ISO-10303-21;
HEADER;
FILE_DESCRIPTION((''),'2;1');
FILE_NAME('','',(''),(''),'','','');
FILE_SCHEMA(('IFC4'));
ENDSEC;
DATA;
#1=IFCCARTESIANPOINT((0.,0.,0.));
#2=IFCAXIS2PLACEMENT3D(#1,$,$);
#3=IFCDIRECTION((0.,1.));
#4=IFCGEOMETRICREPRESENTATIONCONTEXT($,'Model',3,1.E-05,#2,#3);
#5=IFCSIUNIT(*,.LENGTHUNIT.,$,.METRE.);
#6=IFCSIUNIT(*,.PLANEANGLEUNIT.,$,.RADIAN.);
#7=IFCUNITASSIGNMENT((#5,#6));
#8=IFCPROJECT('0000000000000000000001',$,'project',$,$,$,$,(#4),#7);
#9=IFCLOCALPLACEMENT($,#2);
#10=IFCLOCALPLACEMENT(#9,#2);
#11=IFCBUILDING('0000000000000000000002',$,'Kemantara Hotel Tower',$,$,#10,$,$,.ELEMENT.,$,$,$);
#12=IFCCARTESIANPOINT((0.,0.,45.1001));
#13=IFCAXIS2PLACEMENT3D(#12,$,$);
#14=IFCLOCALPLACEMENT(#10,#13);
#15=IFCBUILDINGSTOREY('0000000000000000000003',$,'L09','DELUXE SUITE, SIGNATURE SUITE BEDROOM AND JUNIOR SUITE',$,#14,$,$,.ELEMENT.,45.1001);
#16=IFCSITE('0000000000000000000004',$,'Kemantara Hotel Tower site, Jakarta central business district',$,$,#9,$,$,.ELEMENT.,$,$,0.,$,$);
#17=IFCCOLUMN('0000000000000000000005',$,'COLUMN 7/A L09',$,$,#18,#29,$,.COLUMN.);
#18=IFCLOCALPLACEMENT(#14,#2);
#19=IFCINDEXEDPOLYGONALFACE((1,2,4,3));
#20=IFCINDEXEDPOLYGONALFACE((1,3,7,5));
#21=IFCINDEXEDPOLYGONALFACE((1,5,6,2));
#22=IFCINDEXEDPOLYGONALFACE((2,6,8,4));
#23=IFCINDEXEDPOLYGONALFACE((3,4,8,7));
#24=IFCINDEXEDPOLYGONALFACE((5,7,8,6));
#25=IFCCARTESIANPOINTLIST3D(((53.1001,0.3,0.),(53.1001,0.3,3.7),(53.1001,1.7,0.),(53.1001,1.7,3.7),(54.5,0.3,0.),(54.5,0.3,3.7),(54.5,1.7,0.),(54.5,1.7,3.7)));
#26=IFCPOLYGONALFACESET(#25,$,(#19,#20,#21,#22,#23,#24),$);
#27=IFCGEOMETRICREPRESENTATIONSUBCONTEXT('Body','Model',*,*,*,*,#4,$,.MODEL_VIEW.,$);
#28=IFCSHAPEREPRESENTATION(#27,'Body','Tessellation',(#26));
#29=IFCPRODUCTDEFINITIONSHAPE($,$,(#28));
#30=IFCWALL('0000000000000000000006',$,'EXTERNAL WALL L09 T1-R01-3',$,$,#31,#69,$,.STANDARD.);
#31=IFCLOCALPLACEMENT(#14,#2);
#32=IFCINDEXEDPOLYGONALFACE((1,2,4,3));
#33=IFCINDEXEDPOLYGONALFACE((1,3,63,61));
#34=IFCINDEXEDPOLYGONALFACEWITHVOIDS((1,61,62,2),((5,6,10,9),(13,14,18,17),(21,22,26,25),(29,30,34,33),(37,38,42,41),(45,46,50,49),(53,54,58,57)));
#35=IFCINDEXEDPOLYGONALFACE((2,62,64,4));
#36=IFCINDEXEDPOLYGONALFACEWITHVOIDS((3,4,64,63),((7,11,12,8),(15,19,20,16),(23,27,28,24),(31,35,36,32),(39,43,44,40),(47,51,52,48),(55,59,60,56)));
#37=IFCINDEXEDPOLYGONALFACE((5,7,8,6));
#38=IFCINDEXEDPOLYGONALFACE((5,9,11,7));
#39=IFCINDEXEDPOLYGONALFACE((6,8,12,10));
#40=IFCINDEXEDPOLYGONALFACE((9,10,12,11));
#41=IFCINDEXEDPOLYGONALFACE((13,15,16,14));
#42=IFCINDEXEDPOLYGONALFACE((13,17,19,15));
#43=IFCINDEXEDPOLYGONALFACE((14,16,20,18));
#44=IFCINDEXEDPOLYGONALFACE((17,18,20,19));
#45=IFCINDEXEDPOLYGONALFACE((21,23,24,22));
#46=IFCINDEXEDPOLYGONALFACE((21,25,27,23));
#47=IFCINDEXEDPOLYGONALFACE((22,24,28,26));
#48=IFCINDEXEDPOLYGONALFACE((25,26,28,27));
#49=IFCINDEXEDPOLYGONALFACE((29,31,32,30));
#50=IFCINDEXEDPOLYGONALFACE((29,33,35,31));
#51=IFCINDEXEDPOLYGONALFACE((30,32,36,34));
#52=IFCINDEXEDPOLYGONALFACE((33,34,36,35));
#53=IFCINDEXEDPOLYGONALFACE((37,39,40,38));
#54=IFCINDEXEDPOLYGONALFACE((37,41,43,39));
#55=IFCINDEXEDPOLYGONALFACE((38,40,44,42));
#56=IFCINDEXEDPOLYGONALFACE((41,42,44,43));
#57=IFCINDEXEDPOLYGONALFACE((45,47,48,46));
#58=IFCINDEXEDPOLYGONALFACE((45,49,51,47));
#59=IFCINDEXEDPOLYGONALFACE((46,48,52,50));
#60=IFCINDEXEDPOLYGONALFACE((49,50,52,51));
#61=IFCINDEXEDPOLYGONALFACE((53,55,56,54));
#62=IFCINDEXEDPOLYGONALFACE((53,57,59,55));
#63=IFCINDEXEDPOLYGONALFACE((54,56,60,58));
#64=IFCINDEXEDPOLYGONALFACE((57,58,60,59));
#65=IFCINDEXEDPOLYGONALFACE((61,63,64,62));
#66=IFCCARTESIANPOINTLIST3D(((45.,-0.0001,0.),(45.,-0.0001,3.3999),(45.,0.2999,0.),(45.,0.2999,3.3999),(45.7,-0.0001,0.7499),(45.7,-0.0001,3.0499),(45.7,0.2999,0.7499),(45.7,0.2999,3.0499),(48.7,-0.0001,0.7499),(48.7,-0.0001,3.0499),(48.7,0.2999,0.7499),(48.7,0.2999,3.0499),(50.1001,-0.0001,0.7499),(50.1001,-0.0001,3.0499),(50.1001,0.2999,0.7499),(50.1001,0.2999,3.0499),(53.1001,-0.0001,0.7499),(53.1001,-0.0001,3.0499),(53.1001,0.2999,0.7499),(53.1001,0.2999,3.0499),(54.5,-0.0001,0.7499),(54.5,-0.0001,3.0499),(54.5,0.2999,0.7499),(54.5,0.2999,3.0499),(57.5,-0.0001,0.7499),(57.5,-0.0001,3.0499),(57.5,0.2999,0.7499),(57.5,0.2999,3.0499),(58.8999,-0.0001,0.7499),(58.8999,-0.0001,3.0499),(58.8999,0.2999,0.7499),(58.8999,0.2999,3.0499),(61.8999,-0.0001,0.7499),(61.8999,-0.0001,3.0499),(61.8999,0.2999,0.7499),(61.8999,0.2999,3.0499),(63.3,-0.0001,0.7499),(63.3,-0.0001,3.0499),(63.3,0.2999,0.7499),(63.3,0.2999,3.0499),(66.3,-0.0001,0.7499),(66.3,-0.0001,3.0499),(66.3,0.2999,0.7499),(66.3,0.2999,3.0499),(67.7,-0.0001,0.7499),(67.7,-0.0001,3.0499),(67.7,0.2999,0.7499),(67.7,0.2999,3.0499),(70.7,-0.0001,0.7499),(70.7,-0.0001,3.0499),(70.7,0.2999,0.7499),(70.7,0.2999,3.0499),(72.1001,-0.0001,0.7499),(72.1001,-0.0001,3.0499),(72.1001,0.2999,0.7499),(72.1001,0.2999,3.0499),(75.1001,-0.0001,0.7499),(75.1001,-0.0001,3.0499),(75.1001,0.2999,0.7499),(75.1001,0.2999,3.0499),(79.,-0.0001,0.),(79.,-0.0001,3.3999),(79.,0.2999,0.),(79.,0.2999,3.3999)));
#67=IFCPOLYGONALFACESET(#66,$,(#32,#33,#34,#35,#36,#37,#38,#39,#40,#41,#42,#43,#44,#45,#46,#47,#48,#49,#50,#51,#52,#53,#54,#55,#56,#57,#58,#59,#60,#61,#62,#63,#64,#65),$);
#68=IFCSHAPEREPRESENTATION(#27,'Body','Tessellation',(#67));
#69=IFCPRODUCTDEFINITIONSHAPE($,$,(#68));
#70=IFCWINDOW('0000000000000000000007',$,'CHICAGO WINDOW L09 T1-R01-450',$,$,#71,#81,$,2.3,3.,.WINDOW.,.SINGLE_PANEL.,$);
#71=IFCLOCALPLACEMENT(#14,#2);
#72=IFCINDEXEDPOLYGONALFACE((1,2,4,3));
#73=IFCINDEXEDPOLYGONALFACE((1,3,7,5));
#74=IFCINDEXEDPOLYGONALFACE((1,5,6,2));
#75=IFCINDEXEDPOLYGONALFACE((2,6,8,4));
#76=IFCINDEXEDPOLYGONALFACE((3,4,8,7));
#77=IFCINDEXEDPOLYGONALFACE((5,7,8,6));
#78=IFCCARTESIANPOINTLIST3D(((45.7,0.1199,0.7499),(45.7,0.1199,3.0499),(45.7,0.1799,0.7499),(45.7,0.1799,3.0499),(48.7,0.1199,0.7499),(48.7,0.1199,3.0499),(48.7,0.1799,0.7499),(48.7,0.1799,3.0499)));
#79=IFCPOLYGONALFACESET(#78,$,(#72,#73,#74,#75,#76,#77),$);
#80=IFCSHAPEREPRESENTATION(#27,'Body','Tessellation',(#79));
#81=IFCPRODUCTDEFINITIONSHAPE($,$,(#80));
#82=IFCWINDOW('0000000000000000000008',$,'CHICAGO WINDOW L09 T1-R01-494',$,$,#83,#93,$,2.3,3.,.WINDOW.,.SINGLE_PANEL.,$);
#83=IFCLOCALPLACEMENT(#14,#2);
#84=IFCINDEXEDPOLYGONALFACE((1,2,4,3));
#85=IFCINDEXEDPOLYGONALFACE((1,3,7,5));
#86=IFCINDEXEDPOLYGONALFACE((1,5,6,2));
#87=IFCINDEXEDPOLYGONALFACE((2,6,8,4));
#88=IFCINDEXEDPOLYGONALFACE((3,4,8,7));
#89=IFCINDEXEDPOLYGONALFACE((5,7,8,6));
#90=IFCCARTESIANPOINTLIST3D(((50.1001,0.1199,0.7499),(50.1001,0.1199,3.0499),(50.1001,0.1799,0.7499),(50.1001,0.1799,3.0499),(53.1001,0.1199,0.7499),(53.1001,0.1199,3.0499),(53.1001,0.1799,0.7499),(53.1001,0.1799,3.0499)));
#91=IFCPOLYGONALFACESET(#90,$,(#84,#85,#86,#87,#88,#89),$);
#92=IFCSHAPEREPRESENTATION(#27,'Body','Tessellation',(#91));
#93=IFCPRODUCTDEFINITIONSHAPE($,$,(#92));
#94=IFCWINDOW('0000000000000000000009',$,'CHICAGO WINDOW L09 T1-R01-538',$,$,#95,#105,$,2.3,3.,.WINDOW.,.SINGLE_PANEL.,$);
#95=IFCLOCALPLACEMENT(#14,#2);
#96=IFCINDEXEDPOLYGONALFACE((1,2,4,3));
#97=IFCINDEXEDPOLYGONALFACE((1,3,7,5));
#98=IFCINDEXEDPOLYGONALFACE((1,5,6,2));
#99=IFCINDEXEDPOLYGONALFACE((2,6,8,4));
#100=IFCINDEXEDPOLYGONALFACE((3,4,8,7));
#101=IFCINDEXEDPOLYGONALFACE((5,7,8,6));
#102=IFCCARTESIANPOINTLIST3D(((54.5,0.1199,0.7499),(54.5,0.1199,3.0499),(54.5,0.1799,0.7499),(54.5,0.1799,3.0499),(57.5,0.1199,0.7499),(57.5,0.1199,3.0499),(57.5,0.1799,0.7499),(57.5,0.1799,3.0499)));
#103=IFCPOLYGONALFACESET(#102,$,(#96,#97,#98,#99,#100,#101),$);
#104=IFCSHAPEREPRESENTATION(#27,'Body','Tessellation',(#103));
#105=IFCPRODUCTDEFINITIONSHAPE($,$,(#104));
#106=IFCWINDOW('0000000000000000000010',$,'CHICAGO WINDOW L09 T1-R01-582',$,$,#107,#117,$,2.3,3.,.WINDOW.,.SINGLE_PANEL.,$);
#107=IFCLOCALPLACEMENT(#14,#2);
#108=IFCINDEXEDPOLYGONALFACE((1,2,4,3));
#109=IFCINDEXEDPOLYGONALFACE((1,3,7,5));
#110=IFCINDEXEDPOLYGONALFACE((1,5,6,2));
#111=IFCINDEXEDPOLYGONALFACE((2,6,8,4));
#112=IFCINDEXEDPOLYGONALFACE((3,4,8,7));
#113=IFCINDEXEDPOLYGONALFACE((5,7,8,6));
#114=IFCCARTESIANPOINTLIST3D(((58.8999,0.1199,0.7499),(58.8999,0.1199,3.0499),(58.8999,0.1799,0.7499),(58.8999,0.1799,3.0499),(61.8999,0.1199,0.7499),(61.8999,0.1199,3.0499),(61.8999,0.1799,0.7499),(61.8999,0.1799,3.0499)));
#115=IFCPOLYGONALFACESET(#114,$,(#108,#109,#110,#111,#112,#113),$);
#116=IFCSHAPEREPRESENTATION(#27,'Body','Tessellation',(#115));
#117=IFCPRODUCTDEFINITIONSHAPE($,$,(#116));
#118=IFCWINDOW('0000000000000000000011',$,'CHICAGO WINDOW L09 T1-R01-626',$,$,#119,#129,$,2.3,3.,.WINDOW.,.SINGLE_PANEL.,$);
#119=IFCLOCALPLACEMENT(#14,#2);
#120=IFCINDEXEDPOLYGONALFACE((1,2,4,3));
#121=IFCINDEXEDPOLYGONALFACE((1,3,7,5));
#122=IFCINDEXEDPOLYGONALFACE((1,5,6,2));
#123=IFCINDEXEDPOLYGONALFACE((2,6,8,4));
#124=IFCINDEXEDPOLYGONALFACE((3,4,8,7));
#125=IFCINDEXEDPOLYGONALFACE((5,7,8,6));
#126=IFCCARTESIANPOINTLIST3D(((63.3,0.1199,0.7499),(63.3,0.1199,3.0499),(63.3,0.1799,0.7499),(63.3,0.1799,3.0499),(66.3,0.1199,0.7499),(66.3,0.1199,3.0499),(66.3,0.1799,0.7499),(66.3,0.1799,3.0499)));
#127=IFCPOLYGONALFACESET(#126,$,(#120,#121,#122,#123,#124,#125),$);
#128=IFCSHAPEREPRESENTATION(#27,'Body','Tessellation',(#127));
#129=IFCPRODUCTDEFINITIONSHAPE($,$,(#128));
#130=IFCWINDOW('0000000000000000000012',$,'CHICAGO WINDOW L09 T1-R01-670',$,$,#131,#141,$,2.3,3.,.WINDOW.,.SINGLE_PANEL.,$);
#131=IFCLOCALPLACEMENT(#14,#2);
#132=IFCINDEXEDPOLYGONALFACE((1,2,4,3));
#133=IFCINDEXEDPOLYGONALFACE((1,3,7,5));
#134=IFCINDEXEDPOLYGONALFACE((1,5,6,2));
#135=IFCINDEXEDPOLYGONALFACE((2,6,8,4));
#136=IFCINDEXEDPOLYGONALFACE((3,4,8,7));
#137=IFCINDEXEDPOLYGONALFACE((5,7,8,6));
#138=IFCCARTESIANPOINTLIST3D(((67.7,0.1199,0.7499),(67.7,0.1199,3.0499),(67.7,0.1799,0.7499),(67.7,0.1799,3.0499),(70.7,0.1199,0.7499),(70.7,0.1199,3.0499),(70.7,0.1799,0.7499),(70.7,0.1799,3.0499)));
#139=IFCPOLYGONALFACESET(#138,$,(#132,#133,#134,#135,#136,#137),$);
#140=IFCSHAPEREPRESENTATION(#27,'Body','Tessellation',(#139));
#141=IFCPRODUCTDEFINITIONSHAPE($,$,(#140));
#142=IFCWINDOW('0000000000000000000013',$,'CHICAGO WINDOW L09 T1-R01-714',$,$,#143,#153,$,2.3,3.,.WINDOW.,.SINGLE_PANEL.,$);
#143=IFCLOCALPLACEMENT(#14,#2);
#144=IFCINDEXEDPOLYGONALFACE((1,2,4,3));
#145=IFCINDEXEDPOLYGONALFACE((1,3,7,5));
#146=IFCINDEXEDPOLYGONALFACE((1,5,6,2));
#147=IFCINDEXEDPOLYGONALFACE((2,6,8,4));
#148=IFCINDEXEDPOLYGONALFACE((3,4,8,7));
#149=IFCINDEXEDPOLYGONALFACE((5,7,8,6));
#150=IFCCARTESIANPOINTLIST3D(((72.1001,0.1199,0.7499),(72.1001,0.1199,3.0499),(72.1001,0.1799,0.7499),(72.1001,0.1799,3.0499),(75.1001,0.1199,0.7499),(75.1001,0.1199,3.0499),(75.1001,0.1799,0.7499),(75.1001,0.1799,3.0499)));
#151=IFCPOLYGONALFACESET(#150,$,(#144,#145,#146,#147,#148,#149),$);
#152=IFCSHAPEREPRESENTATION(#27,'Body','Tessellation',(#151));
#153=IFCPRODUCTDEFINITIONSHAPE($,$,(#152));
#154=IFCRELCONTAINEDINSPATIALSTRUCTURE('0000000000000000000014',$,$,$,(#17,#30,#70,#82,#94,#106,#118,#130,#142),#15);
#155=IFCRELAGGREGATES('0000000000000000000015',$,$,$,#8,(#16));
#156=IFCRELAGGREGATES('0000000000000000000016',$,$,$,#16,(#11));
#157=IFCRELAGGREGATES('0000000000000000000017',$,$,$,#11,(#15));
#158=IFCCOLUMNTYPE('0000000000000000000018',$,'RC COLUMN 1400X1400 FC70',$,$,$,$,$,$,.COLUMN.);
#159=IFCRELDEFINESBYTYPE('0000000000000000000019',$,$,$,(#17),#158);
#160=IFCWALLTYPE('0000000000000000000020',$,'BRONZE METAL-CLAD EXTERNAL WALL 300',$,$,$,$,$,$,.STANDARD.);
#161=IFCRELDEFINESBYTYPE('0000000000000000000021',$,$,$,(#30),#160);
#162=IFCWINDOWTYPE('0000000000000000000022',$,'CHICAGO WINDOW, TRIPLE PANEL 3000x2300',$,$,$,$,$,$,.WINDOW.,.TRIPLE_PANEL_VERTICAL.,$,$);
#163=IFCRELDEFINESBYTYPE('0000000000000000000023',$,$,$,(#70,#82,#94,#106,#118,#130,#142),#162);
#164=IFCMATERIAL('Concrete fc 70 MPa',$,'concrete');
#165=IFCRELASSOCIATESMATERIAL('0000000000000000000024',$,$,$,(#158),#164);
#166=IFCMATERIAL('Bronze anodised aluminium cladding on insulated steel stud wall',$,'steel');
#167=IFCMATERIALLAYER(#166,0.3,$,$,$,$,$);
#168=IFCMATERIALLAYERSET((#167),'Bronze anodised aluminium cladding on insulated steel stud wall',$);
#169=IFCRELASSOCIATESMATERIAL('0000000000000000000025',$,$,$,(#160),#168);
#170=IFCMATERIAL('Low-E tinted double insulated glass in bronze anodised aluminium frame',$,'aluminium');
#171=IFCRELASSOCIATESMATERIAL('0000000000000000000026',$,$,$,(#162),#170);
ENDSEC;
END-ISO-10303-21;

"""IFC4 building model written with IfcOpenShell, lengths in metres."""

from ifc_helpers import new_model, si_unit, direction, frame, frame_2d, origin, origin_2d, place, context, subcontext, project, spatial, rectangle, extrude, material, layer, layer_set, material_profile, profile_set, type_object, element, fill, save


model = new_model("IFC4")

# Units and contexts
model_context = context("Model", 3, precision=1e-05, world=origin(), true_north=direction((0.0, 1.0)))
body_context = subcontext(model_context, "Body", "Model", "MODEL_VIEW")
ifc_project = project(units=[si_unit("LENGTHUNIT", "METRE"), si_unit("PLANEANGLEUNIT", "RADIAN")], contexts=[model_context])

# Site, building, storey
site_placement = place(None, origin())
site = spatial("IfcSite", under=ifc_project, at=site_placement, Name="Kemantara Hotel Tower site, Jakarta central business district", CompositionType="ELEMENT", RefElevation=0.0)
building_placement = place(site_placement, origin())
building = spatial("IfcBuilding", under=site, at=building_placement, Name="Kemantara Hotel Tower", CompositionType="ELEMENT")
storey_placement = place(building_placement, frame((0.0, 0.0, 45.1001)))
storey = spatial("IfcBuildingStorey", under=building, at=storey_placement, Name="L09", Description="DELUXE SUITE, SIGNATURE SUITE BEDROOM AND JUNIOR SUITE", CompositionType="ELEMENT", Elevation=45.1001)

# Column
ifc_material_1 = material(Name="Concrete fc 70 MPa", Category="concrete")
ifc_material_profile = material_profile(ifc_material_1, rectangle(XDim=1.3999, YDim=1.3999, at=origin_2d()), Name="RC 1400X1400")
ifc_profile_set = profile_set([ifc_material_profile], Name="Concrete fc 70 MPa")
column_type = type_object("IfcColumnType", Name="RC COLUMN 1400X1400 FC70", PredefinedType="COLUMN", material=ifc_profile_set)
column_placement = place(storey_placement, frame((53.8, 1.0, 0.0), z_axis=(0.0, 0.0, 1.0), x_axis=(1.0, 0.0, 0.0)))
element("IfcColumn", 1, at=column_placement, inside=storey, type_object=column_type, Name="COLUMN 7/A L09", PredefinedType="COLUMN", context=body_context, shape_type="SweptSolid", body=[
    extrude(rectangle(XDim=1.3999, YDim=1.3999, at=origin_2d()), origin(), (0.0, 0.0, 1.0), 3.7),
])

# Wall, openings, windows
ifc_material_2 = material(Name="Bronze anodised aluminium cladding on insulated steel stud wall", Category="steel")
ifc_layer_1 = layer(ifc_material_2, 0.3)
ifc_layer_set_1 = layer_set([ifc_layer_1], Name="Bronze anodised aluminium cladding on insulated steel stud wall")
wall_type_1 = type_object("IfcWallType", Name="BRONZE METAL-CLAD EXTERNAL WALL 300", PredefinedType="STANDARD", material=ifc_layer_set_1)
wall_1_placement = place(storey_placement, frame((45.0, 0.1499, 0.0), z_axis=(0.0, 0.0, 1.0), x_axis=(1.0, 0.0, 0.0)))
wall_1 = element("IfcWall", 2, at=wall_1_placement, inside=storey, type_object=wall_type_1, Name="EXTERNAL WALL L09 T1-R01-3", PredefinedType="STANDARD", context=body_context, shape_type="SweptSolid", body=[
    extrude(rectangle(XDim=34.0, YDim=0.3, at=frame_2d((17.0, 0.0))), origin(), (0.0, 0.0, 1.0), 3.3999),
])
opening_1_placement = place(wall_1_placement, frame((0.7, 0.0, 0.75)))
opening_1 = element("IfcOpeningElement", 3, at=opening_1_placement, cuts=wall_1, PredefinedType="OPENING", context=body_context, shape_type="SweptSolid", body=[
    extrude(rectangle(XDim=3.0, YDim=2.3, at=frame_2d((1.5, 1.1499))), frame((0.0, 0.1599, 0.0), z_axis=(0.0, -1.0, 0.0), x_axis=(1.0, 0.0, 0.0)), (0.0, 0.0, 1.0), 0.3201),
])
opening_2_placement = place(wall_1_placement, frame((5.1001, 0.0, 0.75)))
opening_2 = element("IfcOpeningElement", 4, at=opening_2_placement, cuts=wall_1, PredefinedType="OPENING", context=body_context, shape_type="SweptSolid", body=[
    extrude(rectangle(XDim=3.0, YDim=2.3, at=frame_2d((1.5, 1.1499))), frame((0.0, 0.1599, 0.0), z_axis=(0.0, -1.0, 0.0), x_axis=(1.0, 0.0, 0.0)), (0.0, 0.0, 1.0), 0.3201),
])
opening_3_placement = place(wall_1_placement, frame((9.5, 0.0, 0.75)))
opening_3 = element("IfcOpeningElement", 5, at=opening_3_placement, cuts=wall_1, PredefinedType="OPENING", context=body_context, shape_type="SweptSolid", body=[
    extrude(rectangle(XDim=3.0, YDim=2.3, at=frame_2d((1.5, 1.1499))), frame((0.0, 0.1599, 0.0), z_axis=(0.0, -1.0, 0.0), x_axis=(1.0, 0.0, 0.0)), (0.0, 0.0, 1.0), 0.3201),
])
opening_4_placement = place(wall_1_placement, frame((13.8999, 0.0, 0.75)))
opening_4 = element("IfcOpeningElement", 6, at=opening_4_placement, cuts=wall_1, PredefinedType="OPENING", context=body_context, shape_type="SweptSolid", body=[
    extrude(rectangle(XDim=3.0, YDim=2.3, at=frame_2d((1.5, 1.1499))), frame((0.0, 0.1599, 0.0), z_axis=(0.0, -1.0, 0.0), x_axis=(1.0, 0.0, 0.0)), (0.0, 0.0, 1.0), 0.3201),
])
opening_5_placement = place(wall_1_placement, frame((18.3, 0.0, 0.75)))
opening_5 = element("IfcOpeningElement", 7, at=opening_5_placement, cuts=wall_1, PredefinedType="OPENING", context=body_context, shape_type="SweptSolid", body=[
    extrude(rectangle(XDim=3.0, YDim=2.3, at=frame_2d((1.5, 1.1499))), frame((0.0, 0.1599, 0.0), z_axis=(0.0, -1.0, 0.0), x_axis=(1.0, 0.0, 0.0)), (0.0, 0.0, 1.0), 0.3201),
])
opening_6_placement = place(wall_1_placement, frame((22.7, 0.0, 0.75)))
opening_6 = element("IfcOpeningElement", 8, at=opening_6_placement, cuts=wall_1, PredefinedType="OPENING", context=body_context, shape_type="SweptSolid", body=[
    extrude(rectangle(XDim=3.0, YDim=2.3, at=frame_2d((1.5, 1.1499))), frame((0.0, 0.1599, 0.0), z_axis=(0.0, -1.0, 0.0), x_axis=(1.0, 0.0, 0.0)), (0.0, 0.0, 1.0), 0.3201),
])
opening_7_placement = place(wall_1_placement, frame((27.1001, 0.0, 0.75)))
opening_7 = element("IfcOpeningElement", 9, at=opening_7_placement, cuts=wall_1, PredefinedType="OPENING", context=body_context, shape_type="SweptSolid", body=[
    extrude(rectangle(XDim=3.0, YDim=2.3, at=frame_2d((1.5, 1.1499))), frame((0.0, 0.1599, 0.0), z_axis=(0.0, -1.0, 0.0), x_axis=(1.0, 0.0, 0.0)), (0.0, 0.0, 1.0), 0.3201),
])
ifc_material_3 = material(Name="Low-E tinted double insulated glass in bronze anodised aluminium frame", Category="aluminium")
window_type = type_object("IfcWindowType", Name="CHICAGO WINDOW, TRIPLE PANEL 3000x2300", PartitioningType="TRIPLE_PANEL_VERTICAL", PredefinedType="WINDOW", material=ifc_material_3)
window_1_placement = place(opening_1_placement, origin())
window_1 = element("IfcWindow", 10, at=window_1_placement, inside=storey, type_object=window_type, Name="CHICAGO WINDOW L09 T1-R01-450", OverallHeight=2.3, OverallWidth=3.0, PartitioningType="SINGLE_PANEL", PredefinedType="WINDOW", context=body_context, shape_type="SweptSolid", body=[
    extrude(rectangle(XDim=3.0, YDim=2.3, at=frame_2d((1.5, 1.1499))), frame((0.0, 0.03, 0.0), z_axis=(0.0, -1.0, 0.0), x_axis=(1.0, 0.0, 0.0)), (0.0, 0.0, 1.0), 0.0601),
])
fill(opening_1, window_1)
window_2_placement = place(opening_2_placement, origin())
window_2 = element("IfcWindow", 11, at=window_2_placement, inside=storey, type_object=window_type, Name="CHICAGO WINDOW L09 T1-R01-494", OverallHeight=2.3, OverallWidth=3.0, PartitioningType="SINGLE_PANEL", PredefinedType="WINDOW", context=body_context, shape_type="SweptSolid", body=[
    extrude(rectangle(XDim=3.0, YDim=2.3, at=frame_2d((1.5, 1.1499))), frame((0.0, 0.03, 0.0), z_axis=(0.0, -1.0, 0.0), x_axis=(1.0, 0.0, 0.0)), (0.0, 0.0, 1.0), 0.0601),
])
fill(opening_2, window_2)
window_3_placement = place(opening_3_placement, origin())
window_3 = element("IfcWindow", 12, at=window_3_placement, inside=storey, type_object=window_type, Name="CHICAGO WINDOW L09 T1-R01-538", OverallHeight=2.3, OverallWidth=3.0, PartitioningType="SINGLE_PANEL", PredefinedType="WINDOW", context=body_context, shape_type="SweptSolid", body=[
    extrude(rectangle(XDim=3.0, YDim=2.3, at=frame_2d((1.5, 1.1499))), frame((0.0, 0.03, 0.0), z_axis=(0.0, -1.0, 0.0), x_axis=(1.0, 0.0, 0.0)), (0.0, 0.0, 1.0), 0.0601),
])
fill(opening_3, window_3)
window_4_placement = place(opening_4_placement, origin())
window_4 = element("IfcWindow", 13, at=window_4_placement, inside=storey, type_object=window_type, Name="CHICAGO WINDOW L09 T1-R01-582", OverallHeight=2.3, OverallWidth=3.0, PartitioningType="SINGLE_PANEL", PredefinedType="WINDOW", context=body_context, shape_type="SweptSolid", body=[
    extrude(rectangle(XDim=3.0, YDim=2.3, at=frame_2d((1.5, 1.1499))), frame((0.0, 0.03, 0.0), z_axis=(0.0, -1.0, 0.0), x_axis=(1.0, 0.0, 0.0)), (0.0, 0.0, 1.0), 0.0601),
])
fill(opening_4, window_4)
window_5_placement = place(opening_5_placement, origin())
window_5 = element("IfcWindow", 14, at=window_5_placement, inside=storey, type_object=window_type, Name="CHICAGO WINDOW L09 T1-R01-626", OverallHeight=2.3, OverallWidth=3.0, PartitioningType="SINGLE_PANEL", PredefinedType="WINDOW", context=body_context, shape_type="SweptSolid", body=[
    extrude(rectangle(XDim=3.0, YDim=2.3, at=frame_2d((1.5, 1.1499))), frame((0.0, 0.03, 0.0), z_axis=(0.0, -1.0, 0.0), x_axis=(1.0, 0.0, 0.0)), (0.0, 0.0, 1.0), 0.0601),
])
fill(opening_5, window_5)
window_6_placement = place(opening_6_placement, origin())
window_6 = element("IfcWindow", 15, at=window_6_placement, inside=storey, type_object=window_type, Name="CHICAGO WINDOW L09 T1-R01-670", OverallHeight=2.3, OverallWidth=3.0, PartitioningType="SINGLE_PANEL", PredefinedType="WINDOW", context=body_context, shape_type="SweptSolid", body=[
    extrude(rectangle(XDim=3.0, YDim=2.3, at=frame_2d((1.5, 1.1499))), frame((0.0, 0.03, 0.0), z_axis=(0.0, -1.0, 0.0), x_axis=(1.0, 0.0, 0.0)), (0.0, 0.0, 1.0), 0.0601),
])
fill(opening_6, window_6)
window_7_placement = place(opening_7_placement, origin())
window_7 = element("IfcWindow", 16, at=window_7_placement, inside=storey, type_object=window_type, Name="CHICAGO WINDOW L09 T1-R01-714", OverallHeight=2.3, OverallWidth=3.0, PartitioningType="SINGLE_PANEL", PredefinedType="WINDOW", context=body_context, shape_type="SweptSolid", body=[
    extrude(rectangle(XDim=3.0, YDim=2.3, at=frame_2d((1.5, 1.1499))), frame((0.0, 0.03, 0.0), z_axis=(0.0, -1.0, 0.0), x_axis=(1.0, 0.0, 0.0)), (0.0, 0.0, 1.0), 0.0601),
])
fill(opening_7, window_7)

save(model, "model.ifc")
